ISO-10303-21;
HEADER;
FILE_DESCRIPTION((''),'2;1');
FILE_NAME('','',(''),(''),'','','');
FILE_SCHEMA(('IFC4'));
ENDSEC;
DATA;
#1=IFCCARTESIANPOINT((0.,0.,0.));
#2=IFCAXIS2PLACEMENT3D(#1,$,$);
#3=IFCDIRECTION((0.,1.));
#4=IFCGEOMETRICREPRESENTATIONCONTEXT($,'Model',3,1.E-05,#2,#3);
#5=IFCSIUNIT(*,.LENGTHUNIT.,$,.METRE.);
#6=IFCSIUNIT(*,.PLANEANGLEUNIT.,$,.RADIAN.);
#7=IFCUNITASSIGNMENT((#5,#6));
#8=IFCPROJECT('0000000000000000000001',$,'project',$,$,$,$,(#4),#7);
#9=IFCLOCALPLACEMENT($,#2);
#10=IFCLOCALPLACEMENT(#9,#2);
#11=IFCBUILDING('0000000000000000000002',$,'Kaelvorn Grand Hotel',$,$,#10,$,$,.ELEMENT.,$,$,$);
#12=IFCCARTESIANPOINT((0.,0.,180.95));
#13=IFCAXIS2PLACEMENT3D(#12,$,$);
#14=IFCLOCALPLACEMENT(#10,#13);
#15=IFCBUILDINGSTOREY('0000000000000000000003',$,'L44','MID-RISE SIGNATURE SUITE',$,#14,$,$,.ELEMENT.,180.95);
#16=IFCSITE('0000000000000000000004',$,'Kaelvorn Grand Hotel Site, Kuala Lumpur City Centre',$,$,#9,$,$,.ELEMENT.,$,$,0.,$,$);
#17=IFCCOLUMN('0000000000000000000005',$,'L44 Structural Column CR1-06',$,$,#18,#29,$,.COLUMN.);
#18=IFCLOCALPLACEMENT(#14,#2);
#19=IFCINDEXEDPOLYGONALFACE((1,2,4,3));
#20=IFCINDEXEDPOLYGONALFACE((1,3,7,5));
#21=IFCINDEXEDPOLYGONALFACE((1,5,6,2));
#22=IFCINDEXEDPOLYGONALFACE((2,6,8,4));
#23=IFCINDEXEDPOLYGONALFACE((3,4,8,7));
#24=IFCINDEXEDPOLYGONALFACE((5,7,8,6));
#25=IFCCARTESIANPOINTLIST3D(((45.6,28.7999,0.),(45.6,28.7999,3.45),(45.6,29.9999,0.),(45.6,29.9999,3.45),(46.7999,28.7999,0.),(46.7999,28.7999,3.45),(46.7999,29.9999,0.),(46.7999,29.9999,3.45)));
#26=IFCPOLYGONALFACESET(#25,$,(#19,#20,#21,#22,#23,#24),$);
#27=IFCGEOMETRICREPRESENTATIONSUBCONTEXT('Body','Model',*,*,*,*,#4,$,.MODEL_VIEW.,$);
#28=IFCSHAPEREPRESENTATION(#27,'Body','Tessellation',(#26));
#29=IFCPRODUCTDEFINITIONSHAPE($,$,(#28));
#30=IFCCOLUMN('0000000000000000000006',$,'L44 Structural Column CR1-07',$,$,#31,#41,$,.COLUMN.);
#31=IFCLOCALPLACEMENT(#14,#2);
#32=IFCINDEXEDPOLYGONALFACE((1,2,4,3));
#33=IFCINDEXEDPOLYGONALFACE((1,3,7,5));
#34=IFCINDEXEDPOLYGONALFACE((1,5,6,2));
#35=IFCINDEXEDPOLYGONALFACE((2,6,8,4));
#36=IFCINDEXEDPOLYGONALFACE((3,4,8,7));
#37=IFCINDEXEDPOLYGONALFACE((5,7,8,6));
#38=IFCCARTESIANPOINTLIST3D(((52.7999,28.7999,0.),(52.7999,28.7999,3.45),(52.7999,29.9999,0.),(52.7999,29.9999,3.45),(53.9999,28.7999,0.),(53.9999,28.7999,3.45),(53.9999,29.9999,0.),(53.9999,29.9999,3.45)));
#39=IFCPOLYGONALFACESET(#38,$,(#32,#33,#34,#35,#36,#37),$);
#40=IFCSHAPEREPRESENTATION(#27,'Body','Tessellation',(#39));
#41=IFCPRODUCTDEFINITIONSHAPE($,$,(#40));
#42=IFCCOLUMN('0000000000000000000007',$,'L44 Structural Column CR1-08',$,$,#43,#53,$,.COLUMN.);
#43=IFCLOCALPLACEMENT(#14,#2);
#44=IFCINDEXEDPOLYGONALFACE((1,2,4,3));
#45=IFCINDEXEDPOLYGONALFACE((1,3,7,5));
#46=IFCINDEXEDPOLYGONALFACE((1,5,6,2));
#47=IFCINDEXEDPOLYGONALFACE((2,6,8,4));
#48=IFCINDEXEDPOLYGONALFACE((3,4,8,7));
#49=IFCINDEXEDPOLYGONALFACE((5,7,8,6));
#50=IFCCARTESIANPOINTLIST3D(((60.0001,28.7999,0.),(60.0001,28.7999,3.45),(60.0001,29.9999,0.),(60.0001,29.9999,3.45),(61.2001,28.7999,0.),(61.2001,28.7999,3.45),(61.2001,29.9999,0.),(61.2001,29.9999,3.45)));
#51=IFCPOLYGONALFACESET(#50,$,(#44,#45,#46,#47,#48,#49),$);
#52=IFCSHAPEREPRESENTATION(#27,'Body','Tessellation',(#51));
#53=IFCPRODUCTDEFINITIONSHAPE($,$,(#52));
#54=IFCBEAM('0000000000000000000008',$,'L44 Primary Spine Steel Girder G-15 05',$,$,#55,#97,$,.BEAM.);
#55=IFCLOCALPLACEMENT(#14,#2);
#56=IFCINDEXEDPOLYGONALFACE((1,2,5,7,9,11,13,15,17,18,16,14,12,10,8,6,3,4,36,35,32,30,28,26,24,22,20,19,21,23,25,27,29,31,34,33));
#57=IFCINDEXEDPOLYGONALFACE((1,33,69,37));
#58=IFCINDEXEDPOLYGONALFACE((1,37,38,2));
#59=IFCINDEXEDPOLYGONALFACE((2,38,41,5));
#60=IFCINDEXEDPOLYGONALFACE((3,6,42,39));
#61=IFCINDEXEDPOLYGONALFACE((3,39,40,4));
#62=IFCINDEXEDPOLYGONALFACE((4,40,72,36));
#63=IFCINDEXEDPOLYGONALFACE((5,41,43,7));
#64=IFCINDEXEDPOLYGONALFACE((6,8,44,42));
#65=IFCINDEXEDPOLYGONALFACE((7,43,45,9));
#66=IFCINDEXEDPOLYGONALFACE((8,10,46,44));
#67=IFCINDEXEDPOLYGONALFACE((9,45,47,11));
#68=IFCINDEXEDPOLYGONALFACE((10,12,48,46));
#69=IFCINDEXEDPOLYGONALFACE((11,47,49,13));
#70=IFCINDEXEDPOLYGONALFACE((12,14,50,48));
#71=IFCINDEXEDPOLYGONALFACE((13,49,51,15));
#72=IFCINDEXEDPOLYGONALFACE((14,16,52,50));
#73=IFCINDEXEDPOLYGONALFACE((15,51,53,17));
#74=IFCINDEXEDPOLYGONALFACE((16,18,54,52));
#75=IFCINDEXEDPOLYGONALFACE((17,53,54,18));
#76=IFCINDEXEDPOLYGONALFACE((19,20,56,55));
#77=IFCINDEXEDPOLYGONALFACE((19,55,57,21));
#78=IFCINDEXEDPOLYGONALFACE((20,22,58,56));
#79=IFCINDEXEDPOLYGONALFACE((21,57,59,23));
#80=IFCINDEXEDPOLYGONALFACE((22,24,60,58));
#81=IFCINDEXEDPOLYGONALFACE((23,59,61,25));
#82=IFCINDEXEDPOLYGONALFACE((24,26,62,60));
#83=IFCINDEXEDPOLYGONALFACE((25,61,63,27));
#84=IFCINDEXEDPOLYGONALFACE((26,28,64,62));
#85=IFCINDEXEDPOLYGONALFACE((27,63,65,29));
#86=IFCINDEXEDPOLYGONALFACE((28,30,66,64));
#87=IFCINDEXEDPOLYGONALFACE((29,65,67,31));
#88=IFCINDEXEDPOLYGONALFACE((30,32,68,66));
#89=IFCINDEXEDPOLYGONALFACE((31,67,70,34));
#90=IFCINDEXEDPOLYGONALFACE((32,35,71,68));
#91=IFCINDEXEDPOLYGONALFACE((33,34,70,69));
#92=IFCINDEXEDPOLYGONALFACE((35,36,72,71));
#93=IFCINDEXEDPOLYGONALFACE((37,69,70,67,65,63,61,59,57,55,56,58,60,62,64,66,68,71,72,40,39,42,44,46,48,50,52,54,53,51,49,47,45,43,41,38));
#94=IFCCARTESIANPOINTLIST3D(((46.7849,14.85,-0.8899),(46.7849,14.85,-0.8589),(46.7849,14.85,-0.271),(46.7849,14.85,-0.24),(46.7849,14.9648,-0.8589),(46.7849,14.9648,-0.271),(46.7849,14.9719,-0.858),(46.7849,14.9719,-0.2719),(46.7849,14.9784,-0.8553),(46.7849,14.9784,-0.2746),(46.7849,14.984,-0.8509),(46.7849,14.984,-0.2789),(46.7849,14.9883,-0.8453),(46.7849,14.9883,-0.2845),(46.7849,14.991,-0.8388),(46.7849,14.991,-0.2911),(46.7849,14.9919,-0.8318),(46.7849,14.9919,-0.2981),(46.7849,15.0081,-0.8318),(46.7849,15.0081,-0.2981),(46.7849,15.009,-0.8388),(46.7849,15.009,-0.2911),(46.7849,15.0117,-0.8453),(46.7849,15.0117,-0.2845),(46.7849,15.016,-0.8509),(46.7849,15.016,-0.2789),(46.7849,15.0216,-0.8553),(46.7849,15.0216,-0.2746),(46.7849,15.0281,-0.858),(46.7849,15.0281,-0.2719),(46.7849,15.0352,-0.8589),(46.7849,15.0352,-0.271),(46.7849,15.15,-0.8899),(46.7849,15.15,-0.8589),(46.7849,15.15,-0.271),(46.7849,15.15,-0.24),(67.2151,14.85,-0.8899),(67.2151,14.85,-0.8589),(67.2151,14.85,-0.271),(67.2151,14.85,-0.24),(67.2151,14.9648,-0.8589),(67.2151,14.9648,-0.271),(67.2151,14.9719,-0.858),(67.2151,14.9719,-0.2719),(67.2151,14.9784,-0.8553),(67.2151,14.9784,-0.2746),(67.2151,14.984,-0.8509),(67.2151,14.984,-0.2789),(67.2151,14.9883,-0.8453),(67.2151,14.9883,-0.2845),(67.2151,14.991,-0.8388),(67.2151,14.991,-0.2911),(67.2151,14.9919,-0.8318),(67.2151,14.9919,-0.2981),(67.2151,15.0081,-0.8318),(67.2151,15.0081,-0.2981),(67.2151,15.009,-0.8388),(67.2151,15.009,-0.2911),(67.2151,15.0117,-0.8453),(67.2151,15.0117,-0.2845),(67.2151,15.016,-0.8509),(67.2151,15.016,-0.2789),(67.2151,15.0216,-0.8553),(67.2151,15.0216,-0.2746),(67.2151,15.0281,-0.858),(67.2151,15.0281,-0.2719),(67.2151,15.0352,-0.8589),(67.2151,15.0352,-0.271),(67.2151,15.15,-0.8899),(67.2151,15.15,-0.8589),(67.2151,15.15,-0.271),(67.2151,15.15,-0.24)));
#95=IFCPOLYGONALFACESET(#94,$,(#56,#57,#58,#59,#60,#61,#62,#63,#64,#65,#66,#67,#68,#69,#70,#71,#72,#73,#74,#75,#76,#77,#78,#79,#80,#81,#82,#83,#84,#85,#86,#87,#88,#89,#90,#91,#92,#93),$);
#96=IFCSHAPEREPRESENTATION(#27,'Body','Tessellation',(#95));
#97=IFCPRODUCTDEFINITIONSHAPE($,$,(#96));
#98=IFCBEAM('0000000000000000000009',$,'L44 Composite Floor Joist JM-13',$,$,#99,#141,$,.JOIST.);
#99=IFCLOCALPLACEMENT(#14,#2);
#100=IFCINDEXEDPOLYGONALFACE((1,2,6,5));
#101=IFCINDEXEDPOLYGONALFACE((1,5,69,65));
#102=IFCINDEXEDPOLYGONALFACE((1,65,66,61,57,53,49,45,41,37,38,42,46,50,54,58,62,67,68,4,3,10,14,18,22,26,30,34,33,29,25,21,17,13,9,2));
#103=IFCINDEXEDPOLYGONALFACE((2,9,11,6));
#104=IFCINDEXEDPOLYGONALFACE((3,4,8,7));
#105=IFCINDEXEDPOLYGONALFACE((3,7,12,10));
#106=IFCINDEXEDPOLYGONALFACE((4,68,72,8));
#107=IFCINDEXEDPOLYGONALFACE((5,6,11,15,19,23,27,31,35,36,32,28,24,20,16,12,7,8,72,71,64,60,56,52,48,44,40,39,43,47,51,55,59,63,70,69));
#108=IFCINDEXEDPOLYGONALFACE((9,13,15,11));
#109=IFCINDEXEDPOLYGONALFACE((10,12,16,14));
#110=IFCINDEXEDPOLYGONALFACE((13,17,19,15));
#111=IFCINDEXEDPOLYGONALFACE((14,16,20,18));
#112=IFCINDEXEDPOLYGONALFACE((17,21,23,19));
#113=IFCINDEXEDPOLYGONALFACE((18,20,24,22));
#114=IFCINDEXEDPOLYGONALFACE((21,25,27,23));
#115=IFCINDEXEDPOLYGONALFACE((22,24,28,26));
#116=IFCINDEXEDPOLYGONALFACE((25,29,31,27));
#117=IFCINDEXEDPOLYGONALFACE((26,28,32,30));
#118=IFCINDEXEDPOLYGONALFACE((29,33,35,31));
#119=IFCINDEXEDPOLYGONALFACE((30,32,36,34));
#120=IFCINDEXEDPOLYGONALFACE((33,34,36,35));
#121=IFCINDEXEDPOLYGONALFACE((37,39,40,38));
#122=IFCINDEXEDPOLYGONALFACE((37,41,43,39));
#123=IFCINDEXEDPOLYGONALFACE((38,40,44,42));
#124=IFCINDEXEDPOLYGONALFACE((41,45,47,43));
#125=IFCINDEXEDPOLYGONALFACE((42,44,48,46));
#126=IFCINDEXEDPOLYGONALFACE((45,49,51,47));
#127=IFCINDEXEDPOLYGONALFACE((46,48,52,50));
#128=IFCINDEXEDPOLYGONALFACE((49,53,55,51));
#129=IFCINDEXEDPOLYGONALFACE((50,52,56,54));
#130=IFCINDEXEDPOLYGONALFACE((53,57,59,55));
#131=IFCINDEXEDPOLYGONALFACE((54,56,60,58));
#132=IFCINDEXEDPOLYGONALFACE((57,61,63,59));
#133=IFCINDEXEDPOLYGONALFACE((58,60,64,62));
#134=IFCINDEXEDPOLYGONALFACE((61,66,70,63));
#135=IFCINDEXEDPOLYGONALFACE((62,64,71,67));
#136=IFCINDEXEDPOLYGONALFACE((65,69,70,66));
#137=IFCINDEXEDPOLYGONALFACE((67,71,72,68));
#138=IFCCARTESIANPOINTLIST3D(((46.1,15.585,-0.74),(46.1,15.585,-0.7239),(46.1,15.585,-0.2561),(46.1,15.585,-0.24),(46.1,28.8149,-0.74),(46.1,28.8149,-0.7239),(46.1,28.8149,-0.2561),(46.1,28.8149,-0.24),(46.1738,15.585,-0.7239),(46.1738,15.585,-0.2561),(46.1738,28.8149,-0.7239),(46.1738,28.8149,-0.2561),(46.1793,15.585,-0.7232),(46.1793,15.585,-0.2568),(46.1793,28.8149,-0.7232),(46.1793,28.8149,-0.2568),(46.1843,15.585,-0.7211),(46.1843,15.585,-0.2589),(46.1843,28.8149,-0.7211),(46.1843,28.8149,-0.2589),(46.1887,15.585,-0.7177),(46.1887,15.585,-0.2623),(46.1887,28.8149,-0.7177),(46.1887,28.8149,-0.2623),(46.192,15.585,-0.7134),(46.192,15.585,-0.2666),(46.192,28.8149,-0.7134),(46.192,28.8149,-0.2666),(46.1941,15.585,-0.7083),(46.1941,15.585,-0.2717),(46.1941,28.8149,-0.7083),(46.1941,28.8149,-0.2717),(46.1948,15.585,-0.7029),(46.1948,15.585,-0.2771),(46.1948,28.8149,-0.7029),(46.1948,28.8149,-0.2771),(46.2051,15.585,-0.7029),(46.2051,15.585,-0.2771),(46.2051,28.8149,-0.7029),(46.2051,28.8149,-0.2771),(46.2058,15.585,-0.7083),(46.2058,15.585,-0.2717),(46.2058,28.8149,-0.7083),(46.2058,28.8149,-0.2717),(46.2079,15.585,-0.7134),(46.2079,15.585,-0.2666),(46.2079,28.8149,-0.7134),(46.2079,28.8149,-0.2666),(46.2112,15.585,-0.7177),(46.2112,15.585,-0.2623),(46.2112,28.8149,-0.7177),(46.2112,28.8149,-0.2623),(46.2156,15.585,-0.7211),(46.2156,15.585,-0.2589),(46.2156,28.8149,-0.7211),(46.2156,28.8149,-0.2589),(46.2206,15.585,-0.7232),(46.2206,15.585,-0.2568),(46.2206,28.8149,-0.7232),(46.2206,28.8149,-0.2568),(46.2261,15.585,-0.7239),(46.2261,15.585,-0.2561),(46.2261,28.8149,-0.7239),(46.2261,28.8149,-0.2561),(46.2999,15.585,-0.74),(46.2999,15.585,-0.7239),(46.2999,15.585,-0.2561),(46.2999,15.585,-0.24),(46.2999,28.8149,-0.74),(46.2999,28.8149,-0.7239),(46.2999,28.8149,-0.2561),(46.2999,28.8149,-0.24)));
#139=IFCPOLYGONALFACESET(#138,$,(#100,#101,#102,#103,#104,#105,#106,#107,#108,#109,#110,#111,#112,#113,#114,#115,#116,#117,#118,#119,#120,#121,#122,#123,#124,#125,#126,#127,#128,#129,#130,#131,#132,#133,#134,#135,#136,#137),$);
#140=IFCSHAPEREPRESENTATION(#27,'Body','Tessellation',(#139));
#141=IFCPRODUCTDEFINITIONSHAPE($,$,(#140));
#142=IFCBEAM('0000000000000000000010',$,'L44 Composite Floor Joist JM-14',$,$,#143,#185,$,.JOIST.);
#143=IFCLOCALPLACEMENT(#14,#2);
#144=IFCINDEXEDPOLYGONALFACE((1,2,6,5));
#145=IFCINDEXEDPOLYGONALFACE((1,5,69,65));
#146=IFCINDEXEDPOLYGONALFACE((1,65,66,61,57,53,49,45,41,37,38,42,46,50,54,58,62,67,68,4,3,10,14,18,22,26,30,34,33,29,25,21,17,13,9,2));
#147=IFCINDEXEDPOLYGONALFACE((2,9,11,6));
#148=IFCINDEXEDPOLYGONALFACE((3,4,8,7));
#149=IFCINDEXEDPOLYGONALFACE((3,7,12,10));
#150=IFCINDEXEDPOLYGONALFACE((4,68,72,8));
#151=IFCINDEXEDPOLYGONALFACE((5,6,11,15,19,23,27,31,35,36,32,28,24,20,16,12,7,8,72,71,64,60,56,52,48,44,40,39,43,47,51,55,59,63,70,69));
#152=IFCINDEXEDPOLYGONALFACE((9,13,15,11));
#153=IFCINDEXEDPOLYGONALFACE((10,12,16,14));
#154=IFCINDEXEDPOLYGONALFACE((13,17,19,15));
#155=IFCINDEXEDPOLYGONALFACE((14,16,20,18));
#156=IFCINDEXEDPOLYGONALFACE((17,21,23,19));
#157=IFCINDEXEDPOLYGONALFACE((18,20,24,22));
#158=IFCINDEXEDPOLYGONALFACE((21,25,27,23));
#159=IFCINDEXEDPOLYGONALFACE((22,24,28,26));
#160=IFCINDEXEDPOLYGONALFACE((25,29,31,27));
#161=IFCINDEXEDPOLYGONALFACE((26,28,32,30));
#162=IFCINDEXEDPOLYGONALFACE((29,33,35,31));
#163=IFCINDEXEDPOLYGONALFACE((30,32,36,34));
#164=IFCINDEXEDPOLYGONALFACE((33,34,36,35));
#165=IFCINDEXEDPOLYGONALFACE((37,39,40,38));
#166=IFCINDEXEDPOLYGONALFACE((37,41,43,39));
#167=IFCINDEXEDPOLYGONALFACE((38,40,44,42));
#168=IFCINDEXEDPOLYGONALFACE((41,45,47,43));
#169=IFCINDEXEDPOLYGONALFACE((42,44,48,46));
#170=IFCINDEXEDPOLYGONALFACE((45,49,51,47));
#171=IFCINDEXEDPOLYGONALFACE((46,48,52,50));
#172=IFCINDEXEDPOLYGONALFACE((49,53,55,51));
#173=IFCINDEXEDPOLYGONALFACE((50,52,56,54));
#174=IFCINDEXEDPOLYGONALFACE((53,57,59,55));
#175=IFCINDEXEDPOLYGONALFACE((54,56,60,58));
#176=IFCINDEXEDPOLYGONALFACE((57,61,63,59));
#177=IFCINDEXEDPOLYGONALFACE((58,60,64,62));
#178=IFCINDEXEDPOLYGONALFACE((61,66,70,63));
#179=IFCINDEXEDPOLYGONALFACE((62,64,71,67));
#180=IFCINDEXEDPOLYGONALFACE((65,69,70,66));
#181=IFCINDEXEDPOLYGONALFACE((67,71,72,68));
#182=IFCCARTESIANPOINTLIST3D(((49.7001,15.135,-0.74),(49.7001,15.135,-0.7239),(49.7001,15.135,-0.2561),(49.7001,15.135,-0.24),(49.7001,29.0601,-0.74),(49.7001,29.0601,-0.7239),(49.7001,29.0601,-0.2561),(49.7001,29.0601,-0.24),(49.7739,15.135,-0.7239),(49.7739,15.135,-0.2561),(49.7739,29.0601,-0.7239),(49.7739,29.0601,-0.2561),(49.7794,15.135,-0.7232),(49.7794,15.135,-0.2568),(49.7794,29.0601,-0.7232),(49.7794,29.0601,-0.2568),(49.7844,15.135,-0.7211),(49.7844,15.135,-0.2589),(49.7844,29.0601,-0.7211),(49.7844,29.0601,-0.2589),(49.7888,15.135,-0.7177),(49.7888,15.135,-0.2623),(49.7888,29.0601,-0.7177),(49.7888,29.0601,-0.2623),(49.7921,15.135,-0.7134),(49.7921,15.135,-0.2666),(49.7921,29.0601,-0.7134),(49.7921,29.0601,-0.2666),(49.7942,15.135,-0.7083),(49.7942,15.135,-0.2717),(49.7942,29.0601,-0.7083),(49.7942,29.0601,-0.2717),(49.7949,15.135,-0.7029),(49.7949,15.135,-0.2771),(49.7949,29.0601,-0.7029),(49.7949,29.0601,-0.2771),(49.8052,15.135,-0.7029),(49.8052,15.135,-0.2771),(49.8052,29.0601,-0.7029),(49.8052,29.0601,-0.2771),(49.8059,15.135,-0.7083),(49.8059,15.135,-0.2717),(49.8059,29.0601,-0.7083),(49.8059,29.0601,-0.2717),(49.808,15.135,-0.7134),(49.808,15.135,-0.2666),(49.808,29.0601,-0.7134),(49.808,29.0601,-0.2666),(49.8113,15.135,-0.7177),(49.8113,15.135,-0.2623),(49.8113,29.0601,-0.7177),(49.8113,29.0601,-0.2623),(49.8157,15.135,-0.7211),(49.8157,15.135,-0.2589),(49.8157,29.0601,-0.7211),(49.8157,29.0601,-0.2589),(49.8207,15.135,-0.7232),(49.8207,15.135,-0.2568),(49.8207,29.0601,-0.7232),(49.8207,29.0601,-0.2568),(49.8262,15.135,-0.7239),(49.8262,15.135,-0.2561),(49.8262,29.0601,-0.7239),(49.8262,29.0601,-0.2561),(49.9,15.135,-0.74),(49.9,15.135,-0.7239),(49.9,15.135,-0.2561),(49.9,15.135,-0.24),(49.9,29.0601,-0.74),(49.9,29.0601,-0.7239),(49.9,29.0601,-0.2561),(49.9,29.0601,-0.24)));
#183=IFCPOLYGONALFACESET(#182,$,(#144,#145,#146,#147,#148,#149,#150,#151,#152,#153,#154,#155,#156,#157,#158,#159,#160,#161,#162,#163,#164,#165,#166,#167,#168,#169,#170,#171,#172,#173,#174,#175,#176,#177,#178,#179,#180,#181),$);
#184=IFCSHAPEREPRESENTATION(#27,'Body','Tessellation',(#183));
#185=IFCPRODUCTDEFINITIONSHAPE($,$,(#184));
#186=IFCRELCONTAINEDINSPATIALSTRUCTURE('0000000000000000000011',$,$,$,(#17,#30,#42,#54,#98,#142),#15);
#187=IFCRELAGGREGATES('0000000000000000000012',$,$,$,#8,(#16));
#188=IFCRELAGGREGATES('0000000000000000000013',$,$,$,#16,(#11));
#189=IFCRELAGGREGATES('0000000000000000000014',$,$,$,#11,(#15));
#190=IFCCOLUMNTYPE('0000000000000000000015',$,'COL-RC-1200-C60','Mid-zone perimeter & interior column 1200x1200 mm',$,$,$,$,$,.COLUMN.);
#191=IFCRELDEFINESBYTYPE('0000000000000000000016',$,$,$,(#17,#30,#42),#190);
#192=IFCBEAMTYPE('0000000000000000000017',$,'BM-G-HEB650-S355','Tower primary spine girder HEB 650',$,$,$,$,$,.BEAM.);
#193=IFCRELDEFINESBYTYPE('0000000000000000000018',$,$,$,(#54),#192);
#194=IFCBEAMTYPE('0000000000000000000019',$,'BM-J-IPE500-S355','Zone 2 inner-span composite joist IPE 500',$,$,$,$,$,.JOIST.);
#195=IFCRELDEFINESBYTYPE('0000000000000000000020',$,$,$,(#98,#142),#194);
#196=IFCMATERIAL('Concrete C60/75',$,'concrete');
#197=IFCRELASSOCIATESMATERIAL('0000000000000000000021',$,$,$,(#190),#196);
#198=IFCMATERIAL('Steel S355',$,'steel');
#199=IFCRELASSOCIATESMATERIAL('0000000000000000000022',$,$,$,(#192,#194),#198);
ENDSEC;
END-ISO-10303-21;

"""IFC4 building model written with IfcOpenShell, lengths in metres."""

from ifc_helpers import new_model, si_unit, direction, frame, origin, origin_2d, place, context, subcontext, project, spatial, rectangle, i_section, extrude, material, material_profile, profile_set, type_object, element, save


model = new_model("IFC4")

# Units and contexts
model_context = context("Model", 3, precision=1e-05, world=origin(), true_north=direction((0.0, 1.0)))
body_context = subcontext(model_context, "Body", "Model", "MODEL_VIEW")
ifc_project = project(units=[si_unit("LENGTHUNIT", "METRE"), si_unit("PLANEANGLEUNIT", "RADIAN")], contexts=[model_context])

# Site, building, storey
site_placement = place(None, origin())
site = spatial("IfcSite", under=ifc_project, at=site_placement, Name="Kaelvorn Grand Hotel Site, Kuala Lumpur City Centre", CompositionType="ELEMENT", RefElevation=0.0)
building_placement = place(site_placement, origin())
building = spatial("IfcBuilding", under=site, at=building_placement, Name="Kaelvorn Grand Hotel", CompositionType="ELEMENT")
storey_placement = place(building_placement, frame((0.0, 0.0, 180.95)))
storey = spatial("IfcBuildingStorey", under=building, at=storey_placement, Name="L44", Description="MID-RISE SIGNATURE SUITE", CompositionType="ELEMENT", Elevation=180.95)

# Columns
ifc_material_1 = material(Name="Concrete C60/75", Category="concrete")
ifc_material_profile_1 = material_profile(ifc_material_1, rectangle(XDim=1.2, YDim=1.2, at=origin_2d()), Name="RC COL 1200x1200")
ifc_profile_set_1 = profile_set([ifc_material_profile_1], Name="Concrete C60/75")
column_type = type_object("IfcColumnType", Name="COL-RC-1200-C60", Description="Mid-zone perimeter & interior column 1200x1200 mm", PredefinedType="COLUMN", material=ifc_profile_set_1)
for number, where, z_axis, x_axis, name in (
    (1, (46.2, 29.3999, 0.0), (0.0, 0.0, 1.0), (1.0, 0.0, 0.0), "L44 Structural Column CR1-06"),
    (2, (53.3999, 29.3999, 0.0), (0.0, 0.0, 1.0), (1.0, 0.0, 0.0), "L44 Structural Column CR1-07"),
    (3, (60.6001, 29.3999, 0.0), (0.0, 0.0, 1.0), (1.0, 0.0, 0.0), "L44 Structural Column CR1-08"),
):
    element("IfcColumn", number, at=place(storey_placement, frame(where, z_axis=z_axis, x_axis=x_axis)), inside=storey, type_object=column_type, Name=name, PredefinedType="COLUMN", context=body_context, shape_type="SweptSolid", body=[
        extrude(rectangle(XDim=1.2, YDim=1.2, at=origin_2d()), origin(), (0.0, 0.0, 1.0), 3.45),
    ])

# Beams
ifc_material_2 = material(Name="Steel S355", Category="steel")
ifc_material_profile_2 = material_profile(ifc_material_2, i_section(OverallWidth=0.3, OverallDepth=0.6499, WebThickness=0.0161, FlangeThickness=0.031, FilletRadius=0.0271, at=origin_2d()), Name="HEB 650")
ifc_profile_set_2 = profile_set([ifc_material_profile_2], Name="Steel S355")
beam_type_1 = type_object("IfcBeamType", Name="BM-G-HEB650-S355", Description="Tower primary spine girder HEB 650", PredefinedType="BEAM", material=ifc_profile_set_2)
beam_1_placement = place(storey_placement, frame((46.7849, 15.0, -0.5649), z_axis=(1.0, 0.0, 0.0), x_axis=(0.0, 1.0, 0.0)))
element("IfcBeam", 4, at=beam_1_placement, inside=storey, type_object=beam_type_1, Name="L44 Primary Spine Steel Girder G-15 05", PredefinedType="BEAM", context=body_context, shape_type="SweptSolid", body=[
    extrude(i_section(OverallWidth=0.3, OverallDepth=0.6499, WebThickness=0.0161, FlangeThickness=0.031, FilletRadius=0.0271, at=origin_2d()), origin(), (0.0, 0.0, 1.0), 20.4302),
])
ifc_material_profile_3 = material_profile(ifc_material_2, i_section(OverallWidth=0.2, OverallDepth=0.5, WebThickness=0.0103, FlangeThickness=0.0161, FilletRadius=0.021, at=origin_2d()), Name="IPE 500")
ifc_profile_set_3 = profile_set([ifc_material_profile_3], Name="Steel S355")
beam_type_2 = type_object("IfcBeamType", Name="BM-J-IPE500-S355", Description="Zone 2 inner-span composite joist IPE 500", PredefinedType="JOIST", material=ifc_profile_set_3)
beam_2_placement = place(storey_placement, frame((46.2, 15.585, -0.49), z_axis=(0.0, 1.0, 0.0), x_axis=(-1.0, 0.0, 0.0)))
element("IfcBeam", 5, at=beam_2_placement, inside=storey, type_object=beam_type_2, Name="L44 Composite Floor Joist JM-13", PredefinedType="JOIST", context=body_context, shape_type="SweptSolid", body=[
    extrude(i_section(OverallWidth=0.2, OverallDepth=0.5, WebThickness=0.0103, FlangeThickness=0.0161, FilletRadius=0.021, at=origin_2d()), origin(), (0.0, 0.0, 1.0), 13.23),
])
beam_3_placement = place(storey_placement, frame((49.8, 15.135, -0.49), z_axis=(0.0, 1.0, 0.0), x_axis=(-1.0, 0.0, 0.0)))
element("IfcBeam", 6, at=beam_3_placement, inside=storey, type_object=beam_type_2, Name="L44 Composite Floor Joist JM-14", PredefinedType="JOIST", context=body_context, shape_type="SweptSolid", body=[
    extrude(i_section(OverallWidth=0.2, OverallDepth=0.5, WebThickness=0.0103, FlangeThickness=0.0161, FilletRadius=0.021, at=origin_2d()), origin(), (0.0, 0.0, 1.0), 13.925),
])

save(model, "model.ifc")
